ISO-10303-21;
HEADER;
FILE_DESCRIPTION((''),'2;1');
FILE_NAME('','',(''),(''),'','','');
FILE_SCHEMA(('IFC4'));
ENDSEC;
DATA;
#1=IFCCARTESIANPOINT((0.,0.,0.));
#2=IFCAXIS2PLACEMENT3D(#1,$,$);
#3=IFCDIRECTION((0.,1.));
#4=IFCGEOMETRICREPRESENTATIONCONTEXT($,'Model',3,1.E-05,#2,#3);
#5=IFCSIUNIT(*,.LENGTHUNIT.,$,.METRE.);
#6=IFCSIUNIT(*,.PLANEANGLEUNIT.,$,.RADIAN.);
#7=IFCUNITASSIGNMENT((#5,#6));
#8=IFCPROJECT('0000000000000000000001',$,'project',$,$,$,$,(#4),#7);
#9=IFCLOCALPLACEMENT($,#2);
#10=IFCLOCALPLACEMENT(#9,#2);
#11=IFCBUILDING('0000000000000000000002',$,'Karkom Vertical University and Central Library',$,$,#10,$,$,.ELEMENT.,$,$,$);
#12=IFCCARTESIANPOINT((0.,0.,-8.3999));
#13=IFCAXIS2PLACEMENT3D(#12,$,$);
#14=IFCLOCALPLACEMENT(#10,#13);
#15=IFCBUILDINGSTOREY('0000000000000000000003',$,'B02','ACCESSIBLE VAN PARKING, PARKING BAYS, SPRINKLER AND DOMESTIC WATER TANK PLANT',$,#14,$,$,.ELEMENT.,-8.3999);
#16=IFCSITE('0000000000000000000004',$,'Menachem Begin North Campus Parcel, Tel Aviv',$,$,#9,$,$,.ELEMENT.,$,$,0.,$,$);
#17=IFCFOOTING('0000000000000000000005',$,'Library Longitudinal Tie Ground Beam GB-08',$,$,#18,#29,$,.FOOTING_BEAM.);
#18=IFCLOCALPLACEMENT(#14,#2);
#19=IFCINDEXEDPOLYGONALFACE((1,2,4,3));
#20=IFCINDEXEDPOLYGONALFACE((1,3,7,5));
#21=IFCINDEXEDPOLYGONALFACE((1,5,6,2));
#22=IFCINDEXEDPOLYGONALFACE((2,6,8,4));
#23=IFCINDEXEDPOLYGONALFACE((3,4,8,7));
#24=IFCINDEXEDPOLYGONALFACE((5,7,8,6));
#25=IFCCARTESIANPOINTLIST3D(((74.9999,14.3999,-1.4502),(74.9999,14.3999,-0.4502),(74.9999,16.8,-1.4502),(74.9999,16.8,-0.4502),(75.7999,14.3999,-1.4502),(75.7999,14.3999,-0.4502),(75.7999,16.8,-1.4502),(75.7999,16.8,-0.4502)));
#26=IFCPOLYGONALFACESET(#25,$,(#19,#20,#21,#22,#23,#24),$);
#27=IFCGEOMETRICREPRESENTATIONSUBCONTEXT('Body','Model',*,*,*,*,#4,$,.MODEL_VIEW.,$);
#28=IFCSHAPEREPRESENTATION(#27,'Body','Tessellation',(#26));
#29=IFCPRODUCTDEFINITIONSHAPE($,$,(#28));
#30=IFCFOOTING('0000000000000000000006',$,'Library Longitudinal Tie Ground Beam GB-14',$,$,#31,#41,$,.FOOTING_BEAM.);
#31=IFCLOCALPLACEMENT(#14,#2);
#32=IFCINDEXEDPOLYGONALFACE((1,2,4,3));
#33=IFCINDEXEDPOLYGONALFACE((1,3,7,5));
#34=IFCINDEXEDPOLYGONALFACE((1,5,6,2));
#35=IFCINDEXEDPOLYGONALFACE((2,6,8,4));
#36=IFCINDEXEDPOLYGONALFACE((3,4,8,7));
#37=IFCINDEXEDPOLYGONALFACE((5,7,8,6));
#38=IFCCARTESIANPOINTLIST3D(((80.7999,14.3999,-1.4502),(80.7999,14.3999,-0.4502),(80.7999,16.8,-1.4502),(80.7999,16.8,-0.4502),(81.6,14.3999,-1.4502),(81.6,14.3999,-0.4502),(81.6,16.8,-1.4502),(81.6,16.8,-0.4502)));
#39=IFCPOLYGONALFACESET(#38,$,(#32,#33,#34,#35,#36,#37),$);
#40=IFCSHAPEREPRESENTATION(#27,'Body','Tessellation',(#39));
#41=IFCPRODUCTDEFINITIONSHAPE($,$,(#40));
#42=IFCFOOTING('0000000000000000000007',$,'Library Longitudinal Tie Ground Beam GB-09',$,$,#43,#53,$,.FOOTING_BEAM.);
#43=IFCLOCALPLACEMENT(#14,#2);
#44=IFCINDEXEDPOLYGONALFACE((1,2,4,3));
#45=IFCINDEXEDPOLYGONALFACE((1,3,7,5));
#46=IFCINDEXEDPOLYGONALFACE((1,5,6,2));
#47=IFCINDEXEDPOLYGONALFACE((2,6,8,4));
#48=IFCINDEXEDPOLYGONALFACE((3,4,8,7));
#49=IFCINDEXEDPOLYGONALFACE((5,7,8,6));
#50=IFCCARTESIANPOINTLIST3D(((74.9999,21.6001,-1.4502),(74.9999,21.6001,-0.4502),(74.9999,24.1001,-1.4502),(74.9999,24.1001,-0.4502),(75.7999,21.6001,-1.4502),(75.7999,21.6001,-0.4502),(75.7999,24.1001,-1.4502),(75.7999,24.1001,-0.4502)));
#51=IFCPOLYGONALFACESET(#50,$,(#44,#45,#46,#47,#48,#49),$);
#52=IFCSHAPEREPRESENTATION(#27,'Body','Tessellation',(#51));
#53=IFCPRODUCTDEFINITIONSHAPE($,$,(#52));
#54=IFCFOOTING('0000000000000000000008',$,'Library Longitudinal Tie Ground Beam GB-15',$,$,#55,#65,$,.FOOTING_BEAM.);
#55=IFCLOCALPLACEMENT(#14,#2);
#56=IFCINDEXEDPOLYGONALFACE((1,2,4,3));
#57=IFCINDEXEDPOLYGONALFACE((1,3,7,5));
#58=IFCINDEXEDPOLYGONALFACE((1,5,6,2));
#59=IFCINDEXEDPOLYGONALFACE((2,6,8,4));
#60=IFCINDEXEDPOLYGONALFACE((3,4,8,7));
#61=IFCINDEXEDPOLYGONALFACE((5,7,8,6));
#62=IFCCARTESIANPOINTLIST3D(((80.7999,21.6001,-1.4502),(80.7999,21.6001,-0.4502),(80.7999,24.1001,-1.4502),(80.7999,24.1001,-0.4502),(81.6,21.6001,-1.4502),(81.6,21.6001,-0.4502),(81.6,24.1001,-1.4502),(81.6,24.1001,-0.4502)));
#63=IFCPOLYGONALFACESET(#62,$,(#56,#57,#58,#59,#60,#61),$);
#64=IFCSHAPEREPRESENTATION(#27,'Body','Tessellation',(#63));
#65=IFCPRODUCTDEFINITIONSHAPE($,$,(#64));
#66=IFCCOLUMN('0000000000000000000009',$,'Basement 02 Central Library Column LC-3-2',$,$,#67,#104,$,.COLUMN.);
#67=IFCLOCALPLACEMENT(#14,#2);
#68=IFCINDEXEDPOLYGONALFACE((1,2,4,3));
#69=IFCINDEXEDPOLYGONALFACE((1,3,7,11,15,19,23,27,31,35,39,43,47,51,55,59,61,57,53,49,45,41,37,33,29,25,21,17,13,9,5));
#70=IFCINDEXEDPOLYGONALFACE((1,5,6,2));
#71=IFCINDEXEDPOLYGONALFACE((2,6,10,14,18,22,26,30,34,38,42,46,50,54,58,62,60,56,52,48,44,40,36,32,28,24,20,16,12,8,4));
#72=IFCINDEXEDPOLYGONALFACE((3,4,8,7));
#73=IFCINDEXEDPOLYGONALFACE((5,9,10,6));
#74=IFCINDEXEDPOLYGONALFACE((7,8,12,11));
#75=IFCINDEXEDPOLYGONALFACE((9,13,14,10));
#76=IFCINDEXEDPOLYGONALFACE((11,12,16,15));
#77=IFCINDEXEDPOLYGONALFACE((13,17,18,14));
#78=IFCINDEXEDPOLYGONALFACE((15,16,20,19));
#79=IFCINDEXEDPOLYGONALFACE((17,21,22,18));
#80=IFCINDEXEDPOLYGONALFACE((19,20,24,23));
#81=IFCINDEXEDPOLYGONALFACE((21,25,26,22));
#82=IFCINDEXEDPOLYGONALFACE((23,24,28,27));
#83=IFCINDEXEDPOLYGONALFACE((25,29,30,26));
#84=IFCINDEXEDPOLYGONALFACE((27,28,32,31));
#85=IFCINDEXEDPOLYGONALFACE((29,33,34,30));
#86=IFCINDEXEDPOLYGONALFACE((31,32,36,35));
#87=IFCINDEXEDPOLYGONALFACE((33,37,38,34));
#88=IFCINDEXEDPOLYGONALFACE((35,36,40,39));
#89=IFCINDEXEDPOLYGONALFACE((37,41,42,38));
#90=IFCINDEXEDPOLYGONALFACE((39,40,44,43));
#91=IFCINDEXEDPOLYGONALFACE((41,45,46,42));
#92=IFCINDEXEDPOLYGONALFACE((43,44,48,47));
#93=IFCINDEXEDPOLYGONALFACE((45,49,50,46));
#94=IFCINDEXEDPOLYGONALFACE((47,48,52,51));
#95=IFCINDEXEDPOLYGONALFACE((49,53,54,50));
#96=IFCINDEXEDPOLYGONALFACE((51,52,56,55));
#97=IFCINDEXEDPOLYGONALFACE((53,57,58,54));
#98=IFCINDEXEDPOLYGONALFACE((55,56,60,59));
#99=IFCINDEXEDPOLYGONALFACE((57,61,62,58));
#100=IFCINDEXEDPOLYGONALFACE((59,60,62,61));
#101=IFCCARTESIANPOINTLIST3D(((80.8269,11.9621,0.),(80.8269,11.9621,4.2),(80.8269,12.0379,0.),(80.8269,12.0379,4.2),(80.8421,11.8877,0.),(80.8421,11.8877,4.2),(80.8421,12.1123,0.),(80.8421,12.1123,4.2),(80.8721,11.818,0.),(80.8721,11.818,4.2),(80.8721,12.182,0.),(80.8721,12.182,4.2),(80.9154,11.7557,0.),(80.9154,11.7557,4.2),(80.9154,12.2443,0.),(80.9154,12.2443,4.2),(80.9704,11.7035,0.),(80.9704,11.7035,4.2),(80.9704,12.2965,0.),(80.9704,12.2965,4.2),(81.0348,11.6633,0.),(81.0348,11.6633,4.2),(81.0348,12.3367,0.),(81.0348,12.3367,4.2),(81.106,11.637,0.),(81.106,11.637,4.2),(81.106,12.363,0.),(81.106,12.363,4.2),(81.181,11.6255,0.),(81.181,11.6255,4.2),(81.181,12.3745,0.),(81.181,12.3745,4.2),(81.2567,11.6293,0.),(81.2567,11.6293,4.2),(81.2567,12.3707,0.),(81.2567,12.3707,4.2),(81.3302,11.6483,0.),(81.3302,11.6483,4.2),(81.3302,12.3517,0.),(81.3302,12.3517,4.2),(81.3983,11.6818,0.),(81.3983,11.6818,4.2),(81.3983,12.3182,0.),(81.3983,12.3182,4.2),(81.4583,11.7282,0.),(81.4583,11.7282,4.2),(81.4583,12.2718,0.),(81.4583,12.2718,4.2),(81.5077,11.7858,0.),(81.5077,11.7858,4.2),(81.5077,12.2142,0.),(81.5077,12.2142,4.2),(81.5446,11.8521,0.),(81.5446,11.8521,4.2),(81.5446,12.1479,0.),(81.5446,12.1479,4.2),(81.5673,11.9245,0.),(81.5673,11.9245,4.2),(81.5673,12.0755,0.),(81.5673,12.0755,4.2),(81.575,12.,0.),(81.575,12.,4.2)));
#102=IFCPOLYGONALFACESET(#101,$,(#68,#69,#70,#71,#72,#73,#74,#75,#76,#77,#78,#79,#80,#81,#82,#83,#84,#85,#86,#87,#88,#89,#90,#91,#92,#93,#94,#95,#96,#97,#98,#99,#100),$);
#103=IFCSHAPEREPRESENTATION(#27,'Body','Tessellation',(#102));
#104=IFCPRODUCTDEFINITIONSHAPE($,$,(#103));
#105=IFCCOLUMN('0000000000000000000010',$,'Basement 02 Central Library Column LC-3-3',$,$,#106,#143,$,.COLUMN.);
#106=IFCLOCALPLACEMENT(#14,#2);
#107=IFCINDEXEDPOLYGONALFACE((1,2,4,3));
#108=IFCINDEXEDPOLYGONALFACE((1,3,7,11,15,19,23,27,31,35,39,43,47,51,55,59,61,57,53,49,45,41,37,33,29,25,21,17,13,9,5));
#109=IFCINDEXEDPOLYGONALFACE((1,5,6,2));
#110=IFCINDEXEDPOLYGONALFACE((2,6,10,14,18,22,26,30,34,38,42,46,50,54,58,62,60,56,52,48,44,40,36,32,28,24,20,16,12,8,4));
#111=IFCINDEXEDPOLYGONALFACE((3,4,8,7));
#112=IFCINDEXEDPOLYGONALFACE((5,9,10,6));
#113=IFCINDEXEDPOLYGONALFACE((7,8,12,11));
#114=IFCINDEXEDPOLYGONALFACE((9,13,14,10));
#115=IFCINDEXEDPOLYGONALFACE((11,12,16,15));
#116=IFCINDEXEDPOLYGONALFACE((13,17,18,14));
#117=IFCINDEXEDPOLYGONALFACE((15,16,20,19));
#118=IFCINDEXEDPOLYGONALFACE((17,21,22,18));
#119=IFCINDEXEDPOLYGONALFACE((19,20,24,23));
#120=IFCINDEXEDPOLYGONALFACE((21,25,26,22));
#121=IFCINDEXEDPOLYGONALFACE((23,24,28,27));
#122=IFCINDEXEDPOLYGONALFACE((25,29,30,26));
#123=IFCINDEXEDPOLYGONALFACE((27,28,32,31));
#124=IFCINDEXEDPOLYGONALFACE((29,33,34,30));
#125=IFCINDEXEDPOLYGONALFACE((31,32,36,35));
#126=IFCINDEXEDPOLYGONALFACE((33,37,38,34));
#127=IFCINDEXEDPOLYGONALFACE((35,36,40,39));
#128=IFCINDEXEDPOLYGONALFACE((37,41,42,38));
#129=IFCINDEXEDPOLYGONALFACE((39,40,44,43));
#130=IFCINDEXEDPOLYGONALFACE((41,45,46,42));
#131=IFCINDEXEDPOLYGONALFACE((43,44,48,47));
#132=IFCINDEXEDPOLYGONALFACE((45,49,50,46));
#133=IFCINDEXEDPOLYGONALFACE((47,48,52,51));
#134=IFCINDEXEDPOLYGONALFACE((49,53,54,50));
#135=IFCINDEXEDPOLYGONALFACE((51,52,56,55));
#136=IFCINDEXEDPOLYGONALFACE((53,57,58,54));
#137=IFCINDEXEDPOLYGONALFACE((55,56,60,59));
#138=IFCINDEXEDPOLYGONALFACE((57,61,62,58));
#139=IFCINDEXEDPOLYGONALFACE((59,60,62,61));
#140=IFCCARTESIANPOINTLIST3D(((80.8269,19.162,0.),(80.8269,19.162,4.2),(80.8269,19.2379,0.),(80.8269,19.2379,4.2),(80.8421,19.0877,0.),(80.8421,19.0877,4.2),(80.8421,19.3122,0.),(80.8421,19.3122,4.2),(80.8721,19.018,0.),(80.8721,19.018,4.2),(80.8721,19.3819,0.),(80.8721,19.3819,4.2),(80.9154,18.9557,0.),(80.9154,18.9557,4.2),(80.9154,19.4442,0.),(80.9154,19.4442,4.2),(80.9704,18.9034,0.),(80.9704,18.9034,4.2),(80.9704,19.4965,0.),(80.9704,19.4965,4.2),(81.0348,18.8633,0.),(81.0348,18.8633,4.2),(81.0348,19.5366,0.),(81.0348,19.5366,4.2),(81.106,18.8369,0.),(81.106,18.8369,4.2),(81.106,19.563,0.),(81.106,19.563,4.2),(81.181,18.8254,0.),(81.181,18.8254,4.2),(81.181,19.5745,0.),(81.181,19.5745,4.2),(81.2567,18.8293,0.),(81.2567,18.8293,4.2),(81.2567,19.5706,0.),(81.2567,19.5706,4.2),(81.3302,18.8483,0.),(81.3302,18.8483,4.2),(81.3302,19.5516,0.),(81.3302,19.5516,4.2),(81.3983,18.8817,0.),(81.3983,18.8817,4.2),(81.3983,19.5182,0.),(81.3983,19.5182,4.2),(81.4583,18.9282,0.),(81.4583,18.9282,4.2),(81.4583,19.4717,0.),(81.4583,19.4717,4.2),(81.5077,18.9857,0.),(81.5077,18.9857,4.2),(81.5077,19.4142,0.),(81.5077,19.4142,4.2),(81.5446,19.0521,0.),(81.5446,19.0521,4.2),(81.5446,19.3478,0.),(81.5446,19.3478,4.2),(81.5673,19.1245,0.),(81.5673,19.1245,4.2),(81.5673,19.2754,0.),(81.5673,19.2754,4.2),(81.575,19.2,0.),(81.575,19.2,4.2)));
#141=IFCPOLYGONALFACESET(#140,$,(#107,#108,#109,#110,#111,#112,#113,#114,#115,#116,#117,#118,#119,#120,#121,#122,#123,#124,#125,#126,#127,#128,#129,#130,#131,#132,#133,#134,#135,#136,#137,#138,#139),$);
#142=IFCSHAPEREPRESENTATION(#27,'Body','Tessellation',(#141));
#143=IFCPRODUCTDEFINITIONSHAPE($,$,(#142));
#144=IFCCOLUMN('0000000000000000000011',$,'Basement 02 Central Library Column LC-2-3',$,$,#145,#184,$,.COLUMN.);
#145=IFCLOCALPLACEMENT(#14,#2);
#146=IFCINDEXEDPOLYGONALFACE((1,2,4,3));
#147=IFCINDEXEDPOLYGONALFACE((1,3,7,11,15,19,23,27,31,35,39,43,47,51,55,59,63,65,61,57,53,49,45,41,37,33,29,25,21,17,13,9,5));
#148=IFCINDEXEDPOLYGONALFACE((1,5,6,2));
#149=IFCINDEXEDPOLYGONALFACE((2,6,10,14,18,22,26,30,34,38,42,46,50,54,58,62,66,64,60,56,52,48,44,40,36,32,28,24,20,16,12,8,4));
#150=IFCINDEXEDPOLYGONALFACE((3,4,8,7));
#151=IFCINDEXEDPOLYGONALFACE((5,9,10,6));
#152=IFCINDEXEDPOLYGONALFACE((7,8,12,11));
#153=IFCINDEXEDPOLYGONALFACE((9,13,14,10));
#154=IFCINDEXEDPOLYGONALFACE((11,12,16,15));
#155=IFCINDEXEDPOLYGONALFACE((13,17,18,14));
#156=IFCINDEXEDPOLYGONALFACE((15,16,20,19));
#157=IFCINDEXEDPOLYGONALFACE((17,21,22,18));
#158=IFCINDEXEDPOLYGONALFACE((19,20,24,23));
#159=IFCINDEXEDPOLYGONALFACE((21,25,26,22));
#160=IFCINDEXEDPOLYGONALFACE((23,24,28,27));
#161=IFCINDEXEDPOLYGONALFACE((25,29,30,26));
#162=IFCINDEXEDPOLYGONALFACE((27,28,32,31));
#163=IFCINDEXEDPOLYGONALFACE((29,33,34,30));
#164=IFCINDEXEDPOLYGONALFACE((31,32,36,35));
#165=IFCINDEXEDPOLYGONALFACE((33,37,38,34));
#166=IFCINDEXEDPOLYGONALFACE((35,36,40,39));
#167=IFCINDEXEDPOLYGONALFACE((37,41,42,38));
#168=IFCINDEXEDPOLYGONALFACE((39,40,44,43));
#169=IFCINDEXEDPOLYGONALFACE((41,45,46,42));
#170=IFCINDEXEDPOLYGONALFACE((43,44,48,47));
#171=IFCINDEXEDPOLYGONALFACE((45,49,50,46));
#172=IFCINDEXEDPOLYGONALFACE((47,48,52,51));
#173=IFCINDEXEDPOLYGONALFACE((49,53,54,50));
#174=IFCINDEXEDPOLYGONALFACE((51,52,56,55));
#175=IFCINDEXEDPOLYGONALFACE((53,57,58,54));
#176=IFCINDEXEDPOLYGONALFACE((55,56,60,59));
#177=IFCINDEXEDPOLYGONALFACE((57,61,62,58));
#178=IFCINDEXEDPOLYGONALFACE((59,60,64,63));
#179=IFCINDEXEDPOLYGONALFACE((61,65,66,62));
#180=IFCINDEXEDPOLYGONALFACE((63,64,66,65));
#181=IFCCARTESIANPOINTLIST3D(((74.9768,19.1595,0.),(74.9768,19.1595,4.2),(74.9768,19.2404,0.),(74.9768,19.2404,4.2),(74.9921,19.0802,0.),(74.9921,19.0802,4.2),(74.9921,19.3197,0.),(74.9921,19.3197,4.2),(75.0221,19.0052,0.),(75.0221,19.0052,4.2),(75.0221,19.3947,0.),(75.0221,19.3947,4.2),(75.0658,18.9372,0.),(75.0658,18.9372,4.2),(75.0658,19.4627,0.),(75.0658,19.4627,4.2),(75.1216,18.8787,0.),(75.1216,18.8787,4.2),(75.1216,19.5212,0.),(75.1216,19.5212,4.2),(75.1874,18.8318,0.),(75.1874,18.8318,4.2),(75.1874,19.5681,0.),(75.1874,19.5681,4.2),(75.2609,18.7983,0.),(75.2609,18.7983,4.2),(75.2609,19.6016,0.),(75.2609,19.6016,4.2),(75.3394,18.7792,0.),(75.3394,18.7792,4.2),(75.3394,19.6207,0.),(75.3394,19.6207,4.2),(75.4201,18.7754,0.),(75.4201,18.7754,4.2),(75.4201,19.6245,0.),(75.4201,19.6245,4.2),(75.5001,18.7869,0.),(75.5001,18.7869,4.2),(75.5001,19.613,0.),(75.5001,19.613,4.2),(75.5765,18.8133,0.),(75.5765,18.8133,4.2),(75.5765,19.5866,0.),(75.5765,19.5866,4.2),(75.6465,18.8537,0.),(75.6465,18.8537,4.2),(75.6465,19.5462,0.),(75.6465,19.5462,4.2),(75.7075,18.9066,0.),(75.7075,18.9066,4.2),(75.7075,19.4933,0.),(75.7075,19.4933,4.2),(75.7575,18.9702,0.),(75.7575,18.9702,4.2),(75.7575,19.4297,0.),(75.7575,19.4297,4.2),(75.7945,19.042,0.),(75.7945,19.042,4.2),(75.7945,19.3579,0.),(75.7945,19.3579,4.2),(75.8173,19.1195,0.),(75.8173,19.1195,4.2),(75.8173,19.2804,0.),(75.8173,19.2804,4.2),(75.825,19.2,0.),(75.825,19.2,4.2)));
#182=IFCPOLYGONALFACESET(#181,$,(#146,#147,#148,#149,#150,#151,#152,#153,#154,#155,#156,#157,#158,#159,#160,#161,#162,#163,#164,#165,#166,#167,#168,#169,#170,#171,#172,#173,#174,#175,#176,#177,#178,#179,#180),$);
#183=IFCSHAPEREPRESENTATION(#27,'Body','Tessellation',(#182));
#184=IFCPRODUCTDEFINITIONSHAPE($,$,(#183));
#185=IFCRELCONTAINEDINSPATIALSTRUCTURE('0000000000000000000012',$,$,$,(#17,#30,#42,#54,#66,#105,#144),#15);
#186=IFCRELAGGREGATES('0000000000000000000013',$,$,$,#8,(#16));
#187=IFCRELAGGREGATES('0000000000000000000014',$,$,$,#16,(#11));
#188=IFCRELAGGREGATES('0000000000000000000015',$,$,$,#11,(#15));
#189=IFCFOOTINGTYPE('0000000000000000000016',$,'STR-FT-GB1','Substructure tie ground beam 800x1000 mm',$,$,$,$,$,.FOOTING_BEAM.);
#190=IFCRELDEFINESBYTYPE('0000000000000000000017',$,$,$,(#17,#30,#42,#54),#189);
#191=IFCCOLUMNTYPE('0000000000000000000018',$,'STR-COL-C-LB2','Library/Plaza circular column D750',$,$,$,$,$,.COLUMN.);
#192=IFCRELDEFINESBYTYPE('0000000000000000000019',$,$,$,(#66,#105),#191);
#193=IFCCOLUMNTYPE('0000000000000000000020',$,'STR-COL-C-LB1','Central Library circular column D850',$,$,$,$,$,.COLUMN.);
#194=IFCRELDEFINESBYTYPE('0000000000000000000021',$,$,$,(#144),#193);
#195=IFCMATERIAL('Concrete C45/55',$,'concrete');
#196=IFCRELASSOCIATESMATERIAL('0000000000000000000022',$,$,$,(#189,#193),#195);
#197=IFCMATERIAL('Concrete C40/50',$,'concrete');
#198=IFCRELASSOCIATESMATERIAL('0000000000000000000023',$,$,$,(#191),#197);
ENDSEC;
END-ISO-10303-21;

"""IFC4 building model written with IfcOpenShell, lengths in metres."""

from ifc_helpers import new_model, si_unit, direction, frame, origin, origin_with_axes, origin_2d, place, context, subcontext, project, spatial, rectangle, circle, extrude, source, transform, mapped, material, material_profile, profile_set, type_object, element, save


model = new_model("IFC4")

# Units and contexts
model_context = context("Model", 3, precision=1e-05, world=origin(), true_north=direction((0.0, 1.0)))
body_context = subcontext(model_context, "Body", "Model", "MODEL_VIEW")
ifc_project = project(units=[si_unit("LENGTHUNIT", "METRE"), si_unit("PLANEANGLEUNIT", "RADIAN")], contexts=[model_context])

# Site, building, storey
site_placement = place(None, origin())
site = spatial("IfcSite", under=ifc_project, at=site_placement, Name="Menachem Begin North Campus Parcel, Tel Aviv", CompositionType="ELEMENT", RefElevation=0.0)
building_placement = place(site_placement, origin())
building = spatial("IfcBuilding", under=site, at=building_placement, Name="Karkom Vertical University and Central Library", CompositionType="ELEMENT")
storey_placement = place(building_placement, frame((0.0, 0.0, -8.3999)))
storey = spatial("IfcBuildingStorey", under=building, at=storey_placement, Name="B02", Description="ACCESSIBLE VAN PARKING, PARKING BAYS, SPRINKLER AND DOMESTIC WATER TANK PLANT", CompositionType="ELEMENT", Elevation=-8.3999)

# Shared definitions
ifc_material_1 = material(Name="Concrete C40/50", Category="concrete")

# Footings
ifc_material_2 = material(Name="Concrete C45/55", Category="concrete")
ifc_material_profile_1 = material_profile(ifc_material_2, rectangle(XDim=0.8, YDim=1.0, at=origin_2d()), Name="GB-800x1000")
ifc_profile_set_1 = profile_set([ifc_material_profile_1], Name="Concrete C45/55")
footing_type = type_object("IfcFootingType", Name="STR-FT-GB1", Description="Substructure tie ground beam 800x1000 mm", PredefinedType="FOOTING_BEAM", material=ifc_profile_set_1)
shared_shape_1 = source(origin_with_axes(), body_context, "Body", "SweptSolid", [
    extrude(rectangle(XDim=0.8, YDim=1.0, at=origin_2d()), origin(), (0.0, 0.0, 1.0), 2.4001),
])
for number, where, z_axis, x_axis, name in (
    (1, (75.3999, 14.3999, -0.9502), (0.0, 1.0, 0.0), (-1.0, 0.0, 0.0), "Library Longitudinal Tie Ground Beam GB-08"),
    (2, (81.2, 14.3999, -0.9502), (0.0, 1.0, 0.0), (-1.0, 0.0, 0.0), "Library Longitudinal Tie Ground Beam GB-14"),
):
    element("IfcFooting", number, at=place(storey_placement, frame(where, z_axis=z_axis, x_axis=x_axis)), inside=storey, type_object=footing_type, Name=name, PredefinedType="FOOTING_BEAM", context=body_context, shape_type="MappedRepresentation", body=[
        mapped(shared_shape_1, transform((0.0, 0.0, 0.0), scale=1.0)),
    ])
shared_shape_2 = source(origin_with_axes(), body_context, "Body", "SweptSolid", [
    extrude(rectangle(XDim=0.8, YDim=1.0, at=origin_2d()), origin(), (0.0, 0.0, 1.0), 2.5),
])
for number, where, z_axis, x_axis, name in (
    (3, (75.3999, 21.6001, -0.9502), (0.0, 1.0, 0.0), (-1.0, 0.0, 0.0), "Library Longitudinal Tie Ground Beam GB-09"),
    (4, (81.2, 21.6001, -0.9502), (0.0, 1.0, 0.0), (-1.0, 0.0, 0.0), "Library Longitudinal Tie Ground Beam GB-15"),
):
    element("IfcFooting", number, at=place(storey_placement, frame(where, z_axis=z_axis, x_axis=x_axis)), inside=storey, type_object=footing_type, Name=name, PredefinedType="FOOTING_BEAM", context=body_context, shape_type="MappedRepresentation", body=[
        mapped(shared_shape_2, transform((0.0, 0.0, 0.0), scale=1.0)),
    ])

# Columns
ifc_material_profile_2 = material_profile(ifc_material_1, circle(Radius=0.375, at=origin_2d()), Name="RC-D750")
ifc_profile_set_2 = profile_set([ifc_material_profile_2], Name="Concrete C40/50")
column_type_1 = type_object("IfcColumnType", Name="STR-COL-C-LB2", Description="Library/Plaza circular column D750", PredefinedType="COLUMN", material=ifc_profile_set_2)
shared_shape_3 = source(origin_with_axes(), body_context, "Body", "SweptSolid", [
    extrude(circle(Radius=0.375, at=origin_2d()), origin(), (0.0, 0.0, 1.0), 4.2),
])
for number, where, z_axis, x_axis, name in (
    (5, (81.2, 12.0, 0.0), (0.0, 0.0, 1.0), (1.0, 0.0, 0.0), "Basement 02 Central Library Column LC-3-2"),
    (6, (81.2, 19.2, 0.0), (0.0, 0.0, 1.0), (1.0, 0.0, 0.0), "Basement 02 Central Library Column LC-3-3"),
):
    element("IfcColumn", number, at=place(storey_placement, frame(where, z_axis=z_axis, x_axis=x_axis)), inside=storey, type_object=column_type_1, Name=name, PredefinedType="COLUMN", context=body_context, shape_type="MappedRepresentation", body=[
        mapped(shared_shape_3, transform((0.0, 0.0, 0.0), scale=1.0)),
    ])
ifc_material_profile_3 = material_profile(ifc_material_2, circle(Radius=0.425, at=origin_2d()), Name="RC-D850")
ifc_profile_set_3 = profile_set([ifc_material_profile_3], Name="Concrete C45/55")
column_type_2 = type_object("IfcColumnType", Name="STR-COL-C-LB1", Description="Central Library circular column D850", PredefinedType="COLUMN", material=ifc_profile_set_3)
shared_shape_4 = source(origin_with_axes(), body_context, "Body", "SweptSolid", [
    extrude(circle(Radius=0.425, at=origin_2d()), origin(), (0.0, 0.0, 1.0), 4.2),
])
column_placement = place(storey_placement, frame((75.3999, 19.2, 0.0), z_axis=(0.0, 0.0, 1.0), x_axis=(1.0, 0.0, 0.0)))
element("IfcColumn", 7, at=column_placement, inside=storey, type_object=column_type_2, Name="Basement 02 Central Library Column LC-2-3", PredefinedType="COLUMN", context=body_context, shape_type="MappedRepresentation", body=[
    mapped(shared_shape_4, transform((0.0, 0.0, 0.0), scale=1.0)),
])

save(model, "model.ifc")
